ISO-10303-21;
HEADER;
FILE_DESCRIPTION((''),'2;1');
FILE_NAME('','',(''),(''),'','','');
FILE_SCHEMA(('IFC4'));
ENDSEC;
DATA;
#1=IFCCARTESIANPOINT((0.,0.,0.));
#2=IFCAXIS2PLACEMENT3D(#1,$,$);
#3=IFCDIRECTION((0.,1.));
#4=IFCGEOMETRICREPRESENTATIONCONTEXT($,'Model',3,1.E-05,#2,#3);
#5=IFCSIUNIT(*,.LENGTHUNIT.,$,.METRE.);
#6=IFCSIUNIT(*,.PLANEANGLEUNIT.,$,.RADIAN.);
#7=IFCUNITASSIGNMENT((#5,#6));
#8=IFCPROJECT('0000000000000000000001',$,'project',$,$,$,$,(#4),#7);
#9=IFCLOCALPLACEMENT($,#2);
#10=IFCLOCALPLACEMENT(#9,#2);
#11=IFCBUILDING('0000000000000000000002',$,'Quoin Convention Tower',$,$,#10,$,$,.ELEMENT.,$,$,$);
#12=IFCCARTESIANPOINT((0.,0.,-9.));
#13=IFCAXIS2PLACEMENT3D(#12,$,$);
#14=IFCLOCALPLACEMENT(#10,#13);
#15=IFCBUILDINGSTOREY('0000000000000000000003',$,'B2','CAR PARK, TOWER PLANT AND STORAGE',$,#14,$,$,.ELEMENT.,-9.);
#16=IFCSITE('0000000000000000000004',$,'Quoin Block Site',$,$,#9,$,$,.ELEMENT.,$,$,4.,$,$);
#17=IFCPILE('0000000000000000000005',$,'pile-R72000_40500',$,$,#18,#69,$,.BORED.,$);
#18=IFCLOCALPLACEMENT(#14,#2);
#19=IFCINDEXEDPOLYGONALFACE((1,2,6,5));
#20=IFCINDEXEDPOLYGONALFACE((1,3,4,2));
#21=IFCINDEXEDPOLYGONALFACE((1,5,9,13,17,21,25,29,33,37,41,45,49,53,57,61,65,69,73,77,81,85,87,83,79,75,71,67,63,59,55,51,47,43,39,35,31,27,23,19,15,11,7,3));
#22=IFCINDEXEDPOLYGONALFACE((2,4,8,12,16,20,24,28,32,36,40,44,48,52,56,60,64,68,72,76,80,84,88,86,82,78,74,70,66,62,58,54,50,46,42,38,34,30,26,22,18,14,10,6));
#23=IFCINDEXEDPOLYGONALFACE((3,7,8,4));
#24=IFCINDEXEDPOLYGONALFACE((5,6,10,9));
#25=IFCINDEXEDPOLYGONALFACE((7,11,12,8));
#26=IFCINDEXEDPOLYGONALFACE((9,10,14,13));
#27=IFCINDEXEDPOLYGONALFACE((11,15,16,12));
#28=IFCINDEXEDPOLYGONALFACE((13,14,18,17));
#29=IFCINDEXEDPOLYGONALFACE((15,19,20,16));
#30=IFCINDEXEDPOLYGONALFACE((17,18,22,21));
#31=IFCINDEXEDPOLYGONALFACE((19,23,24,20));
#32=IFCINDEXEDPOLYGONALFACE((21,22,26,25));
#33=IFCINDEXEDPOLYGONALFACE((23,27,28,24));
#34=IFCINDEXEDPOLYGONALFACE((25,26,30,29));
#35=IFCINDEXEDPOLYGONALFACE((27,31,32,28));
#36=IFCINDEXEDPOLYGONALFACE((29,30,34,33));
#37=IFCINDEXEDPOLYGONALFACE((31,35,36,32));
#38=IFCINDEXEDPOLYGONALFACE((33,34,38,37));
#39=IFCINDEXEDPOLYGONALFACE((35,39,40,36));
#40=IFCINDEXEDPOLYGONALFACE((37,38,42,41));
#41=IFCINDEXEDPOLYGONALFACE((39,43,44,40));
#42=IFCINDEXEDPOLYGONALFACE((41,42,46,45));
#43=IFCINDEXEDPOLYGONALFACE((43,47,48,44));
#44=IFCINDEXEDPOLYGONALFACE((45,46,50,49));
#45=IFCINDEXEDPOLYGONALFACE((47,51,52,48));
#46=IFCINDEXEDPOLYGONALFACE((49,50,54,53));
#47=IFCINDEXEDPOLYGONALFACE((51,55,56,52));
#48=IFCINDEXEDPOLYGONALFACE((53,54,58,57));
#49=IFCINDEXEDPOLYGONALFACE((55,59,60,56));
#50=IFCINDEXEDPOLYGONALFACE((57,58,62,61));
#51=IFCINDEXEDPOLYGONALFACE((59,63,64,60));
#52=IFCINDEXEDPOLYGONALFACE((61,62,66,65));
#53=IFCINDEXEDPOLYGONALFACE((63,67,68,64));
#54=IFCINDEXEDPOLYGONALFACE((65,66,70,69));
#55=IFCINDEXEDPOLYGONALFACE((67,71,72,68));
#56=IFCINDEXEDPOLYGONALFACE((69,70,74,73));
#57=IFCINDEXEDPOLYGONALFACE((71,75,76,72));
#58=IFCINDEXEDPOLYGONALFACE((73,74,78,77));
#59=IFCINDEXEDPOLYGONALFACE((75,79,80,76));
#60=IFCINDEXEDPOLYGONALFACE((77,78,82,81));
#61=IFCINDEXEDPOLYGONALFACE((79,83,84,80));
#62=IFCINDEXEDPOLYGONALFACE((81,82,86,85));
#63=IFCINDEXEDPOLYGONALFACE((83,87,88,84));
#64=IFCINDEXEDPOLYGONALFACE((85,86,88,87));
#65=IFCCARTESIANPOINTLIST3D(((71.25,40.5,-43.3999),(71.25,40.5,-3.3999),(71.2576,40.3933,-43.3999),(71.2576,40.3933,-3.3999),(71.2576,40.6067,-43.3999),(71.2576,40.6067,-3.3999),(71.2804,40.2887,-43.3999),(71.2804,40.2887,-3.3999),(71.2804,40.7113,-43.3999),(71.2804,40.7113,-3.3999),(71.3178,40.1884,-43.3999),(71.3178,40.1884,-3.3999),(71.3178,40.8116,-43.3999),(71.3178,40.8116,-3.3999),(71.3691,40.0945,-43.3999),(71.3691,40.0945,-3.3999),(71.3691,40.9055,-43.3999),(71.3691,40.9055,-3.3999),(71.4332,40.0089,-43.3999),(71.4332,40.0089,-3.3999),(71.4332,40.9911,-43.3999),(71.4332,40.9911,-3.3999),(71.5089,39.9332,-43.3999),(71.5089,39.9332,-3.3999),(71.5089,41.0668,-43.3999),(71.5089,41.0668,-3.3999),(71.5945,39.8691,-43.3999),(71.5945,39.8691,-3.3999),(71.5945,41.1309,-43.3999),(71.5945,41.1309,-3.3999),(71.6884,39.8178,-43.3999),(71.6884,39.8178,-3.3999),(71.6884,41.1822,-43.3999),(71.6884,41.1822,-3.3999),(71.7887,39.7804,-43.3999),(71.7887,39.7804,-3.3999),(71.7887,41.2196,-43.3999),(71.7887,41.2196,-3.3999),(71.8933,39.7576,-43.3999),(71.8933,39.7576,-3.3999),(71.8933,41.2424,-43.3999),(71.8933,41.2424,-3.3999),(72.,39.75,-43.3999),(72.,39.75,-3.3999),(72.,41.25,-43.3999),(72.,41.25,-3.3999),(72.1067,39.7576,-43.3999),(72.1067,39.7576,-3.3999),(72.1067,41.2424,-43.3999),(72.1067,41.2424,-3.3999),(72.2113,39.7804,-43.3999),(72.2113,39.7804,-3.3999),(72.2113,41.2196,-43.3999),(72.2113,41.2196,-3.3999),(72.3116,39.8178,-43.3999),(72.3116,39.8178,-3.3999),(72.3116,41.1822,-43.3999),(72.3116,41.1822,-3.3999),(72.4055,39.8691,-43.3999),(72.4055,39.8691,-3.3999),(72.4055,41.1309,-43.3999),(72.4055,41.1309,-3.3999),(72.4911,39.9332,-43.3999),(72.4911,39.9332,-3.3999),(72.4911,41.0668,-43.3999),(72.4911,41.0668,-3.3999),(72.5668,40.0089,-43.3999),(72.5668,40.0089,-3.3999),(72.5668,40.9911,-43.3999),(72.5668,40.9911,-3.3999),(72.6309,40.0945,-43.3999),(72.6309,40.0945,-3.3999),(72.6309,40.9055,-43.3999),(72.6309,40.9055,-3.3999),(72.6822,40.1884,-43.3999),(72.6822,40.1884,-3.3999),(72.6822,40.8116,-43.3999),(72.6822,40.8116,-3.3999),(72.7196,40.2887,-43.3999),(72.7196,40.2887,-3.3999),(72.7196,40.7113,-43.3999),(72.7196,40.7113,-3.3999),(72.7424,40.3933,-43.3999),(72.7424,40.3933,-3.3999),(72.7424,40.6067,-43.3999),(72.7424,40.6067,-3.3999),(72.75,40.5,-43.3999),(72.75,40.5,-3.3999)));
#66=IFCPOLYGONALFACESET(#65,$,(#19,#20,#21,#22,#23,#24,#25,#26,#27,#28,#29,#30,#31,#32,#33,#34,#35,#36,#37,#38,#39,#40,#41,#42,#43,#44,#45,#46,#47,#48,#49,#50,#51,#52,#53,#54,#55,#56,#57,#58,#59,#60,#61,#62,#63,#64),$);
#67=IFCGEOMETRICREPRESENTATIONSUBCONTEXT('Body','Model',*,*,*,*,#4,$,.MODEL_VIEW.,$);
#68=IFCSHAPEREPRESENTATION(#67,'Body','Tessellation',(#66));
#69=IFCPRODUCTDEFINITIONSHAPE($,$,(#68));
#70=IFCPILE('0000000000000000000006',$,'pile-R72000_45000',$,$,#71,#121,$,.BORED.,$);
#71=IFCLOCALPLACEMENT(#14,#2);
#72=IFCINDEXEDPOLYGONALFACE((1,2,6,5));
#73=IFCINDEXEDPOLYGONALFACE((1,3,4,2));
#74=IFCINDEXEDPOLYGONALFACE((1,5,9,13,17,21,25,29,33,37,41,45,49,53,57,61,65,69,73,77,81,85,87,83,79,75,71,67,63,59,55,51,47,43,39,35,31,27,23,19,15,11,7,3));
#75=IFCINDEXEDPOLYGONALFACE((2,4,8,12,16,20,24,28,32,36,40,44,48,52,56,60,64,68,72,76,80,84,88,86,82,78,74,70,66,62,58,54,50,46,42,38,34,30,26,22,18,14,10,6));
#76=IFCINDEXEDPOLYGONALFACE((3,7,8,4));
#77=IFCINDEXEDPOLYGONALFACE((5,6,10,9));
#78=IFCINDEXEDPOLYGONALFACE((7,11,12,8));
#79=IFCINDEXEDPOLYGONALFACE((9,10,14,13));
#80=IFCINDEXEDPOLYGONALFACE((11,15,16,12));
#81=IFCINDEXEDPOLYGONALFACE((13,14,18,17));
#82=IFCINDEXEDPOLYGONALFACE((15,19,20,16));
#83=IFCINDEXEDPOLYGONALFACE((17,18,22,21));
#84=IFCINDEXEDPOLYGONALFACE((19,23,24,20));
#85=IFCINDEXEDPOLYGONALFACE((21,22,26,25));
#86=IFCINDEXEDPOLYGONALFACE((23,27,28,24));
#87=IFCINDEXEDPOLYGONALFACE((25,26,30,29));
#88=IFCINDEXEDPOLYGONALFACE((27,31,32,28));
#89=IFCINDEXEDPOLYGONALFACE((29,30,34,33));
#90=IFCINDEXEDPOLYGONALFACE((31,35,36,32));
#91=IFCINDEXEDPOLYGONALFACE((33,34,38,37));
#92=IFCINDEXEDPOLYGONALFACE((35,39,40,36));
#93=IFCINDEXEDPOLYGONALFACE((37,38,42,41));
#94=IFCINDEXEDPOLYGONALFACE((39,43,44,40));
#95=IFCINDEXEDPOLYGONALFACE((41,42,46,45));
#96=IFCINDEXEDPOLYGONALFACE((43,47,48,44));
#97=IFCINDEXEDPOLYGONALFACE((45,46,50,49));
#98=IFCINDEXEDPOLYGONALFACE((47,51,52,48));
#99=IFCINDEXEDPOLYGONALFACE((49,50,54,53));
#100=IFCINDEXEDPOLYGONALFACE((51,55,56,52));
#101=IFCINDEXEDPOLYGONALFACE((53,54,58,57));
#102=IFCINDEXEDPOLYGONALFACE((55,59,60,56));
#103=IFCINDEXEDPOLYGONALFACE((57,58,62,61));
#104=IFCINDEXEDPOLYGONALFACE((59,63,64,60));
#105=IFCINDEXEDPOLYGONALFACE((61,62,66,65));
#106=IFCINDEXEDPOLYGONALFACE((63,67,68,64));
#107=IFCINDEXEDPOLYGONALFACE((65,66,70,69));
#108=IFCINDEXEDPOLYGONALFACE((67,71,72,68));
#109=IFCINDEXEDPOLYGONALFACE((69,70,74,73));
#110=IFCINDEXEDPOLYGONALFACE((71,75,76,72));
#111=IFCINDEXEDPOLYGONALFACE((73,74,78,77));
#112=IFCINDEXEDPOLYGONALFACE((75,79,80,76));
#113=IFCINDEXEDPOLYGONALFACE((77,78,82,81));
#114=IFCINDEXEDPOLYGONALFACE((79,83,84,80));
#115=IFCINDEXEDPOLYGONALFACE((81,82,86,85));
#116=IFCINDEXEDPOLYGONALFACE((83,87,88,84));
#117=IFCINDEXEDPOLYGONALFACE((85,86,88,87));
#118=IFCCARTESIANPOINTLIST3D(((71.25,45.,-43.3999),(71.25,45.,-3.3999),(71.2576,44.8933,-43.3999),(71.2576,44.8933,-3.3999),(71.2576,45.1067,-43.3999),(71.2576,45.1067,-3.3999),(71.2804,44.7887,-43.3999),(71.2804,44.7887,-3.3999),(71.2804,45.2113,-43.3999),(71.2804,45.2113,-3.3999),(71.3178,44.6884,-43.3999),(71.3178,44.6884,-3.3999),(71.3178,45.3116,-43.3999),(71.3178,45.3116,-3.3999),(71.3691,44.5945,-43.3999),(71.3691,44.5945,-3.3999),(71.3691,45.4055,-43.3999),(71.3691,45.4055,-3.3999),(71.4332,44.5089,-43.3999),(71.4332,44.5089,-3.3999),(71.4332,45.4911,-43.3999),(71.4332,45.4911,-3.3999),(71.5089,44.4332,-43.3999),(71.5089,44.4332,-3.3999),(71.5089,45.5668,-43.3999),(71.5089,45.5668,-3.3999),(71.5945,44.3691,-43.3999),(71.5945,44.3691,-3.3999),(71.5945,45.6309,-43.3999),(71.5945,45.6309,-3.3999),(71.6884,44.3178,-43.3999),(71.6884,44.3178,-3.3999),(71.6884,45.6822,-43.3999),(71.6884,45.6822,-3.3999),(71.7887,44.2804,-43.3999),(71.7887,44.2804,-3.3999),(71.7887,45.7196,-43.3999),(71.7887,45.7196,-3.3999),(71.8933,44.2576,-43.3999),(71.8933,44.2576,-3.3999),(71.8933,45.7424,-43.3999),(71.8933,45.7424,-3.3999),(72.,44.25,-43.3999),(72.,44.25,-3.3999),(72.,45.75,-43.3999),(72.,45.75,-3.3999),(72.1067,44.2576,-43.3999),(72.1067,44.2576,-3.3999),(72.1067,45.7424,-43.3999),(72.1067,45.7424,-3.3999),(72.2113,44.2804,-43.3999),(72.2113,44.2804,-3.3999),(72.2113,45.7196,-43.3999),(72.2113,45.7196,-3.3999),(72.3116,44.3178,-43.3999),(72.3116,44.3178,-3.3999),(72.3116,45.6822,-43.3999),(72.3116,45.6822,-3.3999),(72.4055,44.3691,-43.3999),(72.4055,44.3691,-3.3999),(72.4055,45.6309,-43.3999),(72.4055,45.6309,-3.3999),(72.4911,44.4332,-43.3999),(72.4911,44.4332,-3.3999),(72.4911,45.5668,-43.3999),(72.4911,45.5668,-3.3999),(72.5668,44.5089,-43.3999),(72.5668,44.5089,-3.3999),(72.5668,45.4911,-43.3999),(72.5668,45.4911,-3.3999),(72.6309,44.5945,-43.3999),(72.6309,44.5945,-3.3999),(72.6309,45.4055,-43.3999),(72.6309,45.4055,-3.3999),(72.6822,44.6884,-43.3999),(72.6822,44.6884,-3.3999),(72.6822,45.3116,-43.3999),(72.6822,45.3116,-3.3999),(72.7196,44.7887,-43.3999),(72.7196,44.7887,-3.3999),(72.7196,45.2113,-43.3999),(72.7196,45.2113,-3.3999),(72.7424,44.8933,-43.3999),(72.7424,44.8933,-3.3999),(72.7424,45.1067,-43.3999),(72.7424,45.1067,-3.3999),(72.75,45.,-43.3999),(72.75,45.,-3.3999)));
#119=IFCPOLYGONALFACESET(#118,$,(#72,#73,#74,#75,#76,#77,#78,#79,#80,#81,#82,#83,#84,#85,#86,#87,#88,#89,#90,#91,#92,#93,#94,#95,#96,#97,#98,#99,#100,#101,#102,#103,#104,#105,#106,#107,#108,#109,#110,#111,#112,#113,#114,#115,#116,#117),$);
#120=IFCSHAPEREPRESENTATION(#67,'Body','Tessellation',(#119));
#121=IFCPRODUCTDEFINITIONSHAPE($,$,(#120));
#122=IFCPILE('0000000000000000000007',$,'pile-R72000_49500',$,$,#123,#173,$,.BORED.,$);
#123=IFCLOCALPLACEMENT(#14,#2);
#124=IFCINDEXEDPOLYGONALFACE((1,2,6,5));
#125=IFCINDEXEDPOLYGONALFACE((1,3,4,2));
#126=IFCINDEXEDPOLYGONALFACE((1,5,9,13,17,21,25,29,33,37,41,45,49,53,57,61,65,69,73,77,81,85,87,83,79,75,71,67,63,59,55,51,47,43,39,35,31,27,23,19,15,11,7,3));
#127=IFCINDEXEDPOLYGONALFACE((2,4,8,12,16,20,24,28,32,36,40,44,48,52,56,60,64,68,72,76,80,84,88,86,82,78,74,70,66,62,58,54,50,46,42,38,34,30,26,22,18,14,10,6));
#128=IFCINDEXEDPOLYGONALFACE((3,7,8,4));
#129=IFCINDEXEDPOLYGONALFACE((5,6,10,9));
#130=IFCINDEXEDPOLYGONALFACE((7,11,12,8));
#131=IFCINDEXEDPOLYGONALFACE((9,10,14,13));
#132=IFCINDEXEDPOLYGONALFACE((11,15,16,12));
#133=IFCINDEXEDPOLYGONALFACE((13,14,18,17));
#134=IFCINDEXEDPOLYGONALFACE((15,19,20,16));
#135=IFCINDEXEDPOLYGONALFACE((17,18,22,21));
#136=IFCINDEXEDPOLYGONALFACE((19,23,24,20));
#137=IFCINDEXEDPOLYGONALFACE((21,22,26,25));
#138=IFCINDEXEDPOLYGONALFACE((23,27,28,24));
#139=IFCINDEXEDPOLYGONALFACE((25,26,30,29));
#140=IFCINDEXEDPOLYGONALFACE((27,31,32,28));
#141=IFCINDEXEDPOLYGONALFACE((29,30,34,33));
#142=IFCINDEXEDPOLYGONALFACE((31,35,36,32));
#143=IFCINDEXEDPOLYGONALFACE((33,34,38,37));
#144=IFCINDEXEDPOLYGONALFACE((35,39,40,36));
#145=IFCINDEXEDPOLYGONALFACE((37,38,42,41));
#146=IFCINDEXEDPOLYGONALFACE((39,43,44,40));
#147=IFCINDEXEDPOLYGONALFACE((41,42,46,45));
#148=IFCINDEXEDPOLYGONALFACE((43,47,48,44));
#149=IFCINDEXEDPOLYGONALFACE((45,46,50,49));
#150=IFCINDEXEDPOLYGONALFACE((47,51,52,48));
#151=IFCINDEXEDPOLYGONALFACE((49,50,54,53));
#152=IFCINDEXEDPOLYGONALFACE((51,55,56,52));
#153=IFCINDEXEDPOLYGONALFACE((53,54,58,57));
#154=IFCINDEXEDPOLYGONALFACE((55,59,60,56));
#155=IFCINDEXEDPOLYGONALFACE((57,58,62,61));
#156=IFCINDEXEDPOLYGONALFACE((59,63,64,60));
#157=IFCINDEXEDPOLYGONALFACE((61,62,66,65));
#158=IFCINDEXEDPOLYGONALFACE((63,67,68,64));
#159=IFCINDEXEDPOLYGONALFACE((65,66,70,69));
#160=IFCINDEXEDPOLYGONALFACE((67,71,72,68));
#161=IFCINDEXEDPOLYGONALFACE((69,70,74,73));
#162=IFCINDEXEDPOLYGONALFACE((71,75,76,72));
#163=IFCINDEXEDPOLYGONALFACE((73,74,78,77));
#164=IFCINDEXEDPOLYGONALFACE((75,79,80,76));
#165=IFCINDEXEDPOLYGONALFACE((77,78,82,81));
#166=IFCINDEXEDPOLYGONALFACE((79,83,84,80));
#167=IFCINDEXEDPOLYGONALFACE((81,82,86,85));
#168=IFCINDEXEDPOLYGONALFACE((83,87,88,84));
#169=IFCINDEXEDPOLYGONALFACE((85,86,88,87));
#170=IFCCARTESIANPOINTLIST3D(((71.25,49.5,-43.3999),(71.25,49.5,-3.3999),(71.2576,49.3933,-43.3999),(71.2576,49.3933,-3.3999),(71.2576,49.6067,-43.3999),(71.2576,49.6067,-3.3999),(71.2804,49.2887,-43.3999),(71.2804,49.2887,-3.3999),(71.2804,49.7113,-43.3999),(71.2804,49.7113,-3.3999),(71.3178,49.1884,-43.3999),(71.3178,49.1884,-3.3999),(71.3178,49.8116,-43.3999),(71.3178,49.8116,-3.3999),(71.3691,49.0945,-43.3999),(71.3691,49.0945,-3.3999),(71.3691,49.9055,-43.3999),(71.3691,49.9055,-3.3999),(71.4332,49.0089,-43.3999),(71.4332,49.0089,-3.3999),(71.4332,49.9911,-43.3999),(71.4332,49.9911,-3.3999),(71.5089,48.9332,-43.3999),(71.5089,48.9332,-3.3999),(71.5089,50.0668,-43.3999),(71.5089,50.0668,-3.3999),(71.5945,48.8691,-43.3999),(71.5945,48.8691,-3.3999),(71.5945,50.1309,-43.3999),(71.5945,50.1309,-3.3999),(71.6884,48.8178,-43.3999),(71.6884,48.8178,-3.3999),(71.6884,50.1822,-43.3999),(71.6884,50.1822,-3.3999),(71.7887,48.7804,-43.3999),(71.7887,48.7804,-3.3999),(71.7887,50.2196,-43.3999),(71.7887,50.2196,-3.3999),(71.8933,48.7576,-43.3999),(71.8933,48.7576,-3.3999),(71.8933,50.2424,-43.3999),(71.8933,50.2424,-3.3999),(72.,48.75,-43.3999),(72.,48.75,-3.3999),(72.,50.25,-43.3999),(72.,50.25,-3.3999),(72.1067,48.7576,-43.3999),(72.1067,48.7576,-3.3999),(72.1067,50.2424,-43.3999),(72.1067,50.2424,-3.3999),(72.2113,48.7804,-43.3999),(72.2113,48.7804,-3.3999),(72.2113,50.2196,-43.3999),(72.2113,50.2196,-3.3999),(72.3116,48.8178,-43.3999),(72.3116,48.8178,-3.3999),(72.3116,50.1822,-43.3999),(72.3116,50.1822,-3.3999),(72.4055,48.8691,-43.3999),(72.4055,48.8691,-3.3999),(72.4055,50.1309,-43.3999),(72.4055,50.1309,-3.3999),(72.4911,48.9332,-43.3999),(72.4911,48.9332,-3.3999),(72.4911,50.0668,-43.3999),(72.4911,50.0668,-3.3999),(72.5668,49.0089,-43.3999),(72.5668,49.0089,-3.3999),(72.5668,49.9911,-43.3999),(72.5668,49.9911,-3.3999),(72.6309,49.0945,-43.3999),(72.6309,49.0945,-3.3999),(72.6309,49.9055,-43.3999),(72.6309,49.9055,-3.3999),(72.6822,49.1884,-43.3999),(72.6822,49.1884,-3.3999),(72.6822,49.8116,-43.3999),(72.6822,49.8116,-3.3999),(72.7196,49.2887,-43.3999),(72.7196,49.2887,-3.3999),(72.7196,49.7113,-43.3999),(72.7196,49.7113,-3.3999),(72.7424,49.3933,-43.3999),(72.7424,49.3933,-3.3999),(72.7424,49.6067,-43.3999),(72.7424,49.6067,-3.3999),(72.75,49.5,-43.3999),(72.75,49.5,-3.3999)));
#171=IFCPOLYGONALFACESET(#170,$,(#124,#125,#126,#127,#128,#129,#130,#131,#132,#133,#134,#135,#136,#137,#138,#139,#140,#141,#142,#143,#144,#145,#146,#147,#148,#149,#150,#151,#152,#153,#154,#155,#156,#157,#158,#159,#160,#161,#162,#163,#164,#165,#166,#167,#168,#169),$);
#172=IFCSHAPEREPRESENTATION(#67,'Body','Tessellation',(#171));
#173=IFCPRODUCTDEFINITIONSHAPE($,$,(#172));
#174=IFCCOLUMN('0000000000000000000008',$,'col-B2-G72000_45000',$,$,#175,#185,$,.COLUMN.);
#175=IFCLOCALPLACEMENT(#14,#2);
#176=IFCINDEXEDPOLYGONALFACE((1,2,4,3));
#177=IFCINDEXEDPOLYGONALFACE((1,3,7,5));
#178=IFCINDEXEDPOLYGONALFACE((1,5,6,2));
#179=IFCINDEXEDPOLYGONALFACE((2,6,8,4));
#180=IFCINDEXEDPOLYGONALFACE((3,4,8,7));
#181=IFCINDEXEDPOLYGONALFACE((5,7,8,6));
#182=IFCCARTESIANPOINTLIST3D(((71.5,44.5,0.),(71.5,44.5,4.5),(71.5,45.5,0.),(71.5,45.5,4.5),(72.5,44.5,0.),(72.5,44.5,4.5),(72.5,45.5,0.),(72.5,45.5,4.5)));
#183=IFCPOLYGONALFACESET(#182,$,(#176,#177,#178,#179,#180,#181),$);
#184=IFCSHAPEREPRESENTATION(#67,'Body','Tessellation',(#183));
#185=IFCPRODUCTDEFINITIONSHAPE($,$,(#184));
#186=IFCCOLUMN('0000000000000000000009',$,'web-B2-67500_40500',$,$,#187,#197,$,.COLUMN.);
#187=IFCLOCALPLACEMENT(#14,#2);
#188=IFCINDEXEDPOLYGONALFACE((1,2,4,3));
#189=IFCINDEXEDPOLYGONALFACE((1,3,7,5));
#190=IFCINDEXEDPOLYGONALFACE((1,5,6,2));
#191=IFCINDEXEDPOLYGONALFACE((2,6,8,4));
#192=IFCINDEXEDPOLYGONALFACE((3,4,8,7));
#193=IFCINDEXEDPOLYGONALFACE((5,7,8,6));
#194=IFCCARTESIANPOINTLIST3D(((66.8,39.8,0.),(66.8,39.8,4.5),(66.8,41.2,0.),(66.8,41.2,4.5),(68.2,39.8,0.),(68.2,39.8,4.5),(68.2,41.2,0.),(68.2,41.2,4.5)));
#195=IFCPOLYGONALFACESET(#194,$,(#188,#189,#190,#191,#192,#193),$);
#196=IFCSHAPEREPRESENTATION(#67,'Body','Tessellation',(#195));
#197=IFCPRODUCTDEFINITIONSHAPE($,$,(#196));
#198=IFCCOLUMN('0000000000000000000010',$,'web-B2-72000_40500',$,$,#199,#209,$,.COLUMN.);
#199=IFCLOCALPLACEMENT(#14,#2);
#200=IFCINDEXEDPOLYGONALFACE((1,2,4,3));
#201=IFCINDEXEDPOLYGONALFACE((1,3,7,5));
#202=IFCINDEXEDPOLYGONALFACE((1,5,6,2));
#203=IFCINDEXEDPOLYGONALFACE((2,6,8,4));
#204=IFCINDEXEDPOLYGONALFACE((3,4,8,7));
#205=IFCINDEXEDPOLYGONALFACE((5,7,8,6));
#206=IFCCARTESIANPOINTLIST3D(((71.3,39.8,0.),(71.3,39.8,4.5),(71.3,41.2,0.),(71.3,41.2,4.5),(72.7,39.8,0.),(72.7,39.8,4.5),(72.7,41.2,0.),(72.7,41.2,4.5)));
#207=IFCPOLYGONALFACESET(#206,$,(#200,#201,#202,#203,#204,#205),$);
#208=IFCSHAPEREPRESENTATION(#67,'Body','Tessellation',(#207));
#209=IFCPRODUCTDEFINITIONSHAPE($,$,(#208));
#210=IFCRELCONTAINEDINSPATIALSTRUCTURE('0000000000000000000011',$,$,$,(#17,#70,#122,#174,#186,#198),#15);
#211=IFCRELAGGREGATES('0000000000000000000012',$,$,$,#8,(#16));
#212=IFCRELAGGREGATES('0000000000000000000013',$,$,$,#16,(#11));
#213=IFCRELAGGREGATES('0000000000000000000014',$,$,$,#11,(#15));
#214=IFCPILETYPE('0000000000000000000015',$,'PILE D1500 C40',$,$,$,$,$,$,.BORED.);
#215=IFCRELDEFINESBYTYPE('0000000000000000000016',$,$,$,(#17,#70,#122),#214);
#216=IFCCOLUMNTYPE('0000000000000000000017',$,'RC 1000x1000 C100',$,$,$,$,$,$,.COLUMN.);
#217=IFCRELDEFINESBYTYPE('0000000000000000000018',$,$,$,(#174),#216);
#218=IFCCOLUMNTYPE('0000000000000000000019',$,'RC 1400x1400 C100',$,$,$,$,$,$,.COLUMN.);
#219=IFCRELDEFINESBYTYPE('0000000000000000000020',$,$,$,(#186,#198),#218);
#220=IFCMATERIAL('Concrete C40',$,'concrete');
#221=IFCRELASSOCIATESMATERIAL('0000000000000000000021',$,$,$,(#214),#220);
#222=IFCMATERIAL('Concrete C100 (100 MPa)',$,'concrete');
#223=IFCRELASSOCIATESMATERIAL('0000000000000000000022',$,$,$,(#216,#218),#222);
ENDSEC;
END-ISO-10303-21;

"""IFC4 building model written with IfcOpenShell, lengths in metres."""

from ifc_helpers import new_model, si_unit, direction, frame, origin, origin_2d, place, context, subcontext, project, spatial, rectangle, circle, extrude, material, material_profile, profile_set, type_object, element, save


model = new_model("IFC4")

# Units and contexts
model_context = context("Model", 3, precision=1e-05, world=origin(), true_north=direction((0.0, 1.0)))
body_context = subcontext(model_context, "Body", "Model", "MODEL_VIEW")
ifc_project = project(units=[si_unit("LENGTHUNIT", "METRE"), si_unit("PLANEANGLEUNIT", "RADIAN")], contexts=[model_context])

# Site, building, storey
site_placement = place(None, origin())
site = spatial("IfcSite", under=ifc_project, at=site_placement, Name="Quoin Block Site", CompositionType="ELEMENT", RefElevation=4.0)
building_placement = place(site_placement, origin())
building = spatial("IfcBuilding", under=site, at=building_placement, Name="Quoin Convention Tower", CompositionType="ELEMENT")
storey_placement = place(building_placement, frame((0.0, 0.0, -9.0)))
storey = spatial("IfcBuildingStorey", under=building, at=storey_placement, Name="B2", Description="CAR PARK, TOWER PLANT AND STORAGE", CompositionType="ELEMENT", Elevation=-9.0)

# Piles
ifc_material_1 = material(Name="Concrete C40", Category="concrete")
ifc_material_profile_1 = material_profile(ifc_material_1, circle(Radius=0.75, at=origin_2d()), Name="D1500")
ifc_profile_set_1 = profile_set([ifc_material_profile_1], Name="Concrete C40")
pile_type = type_object("IfcPileType", Name="PILE D1500 C40", PredefinedType="BORED", material=ifc_profile_set_1)
for number, where, z_axis, x_axis, name in (
    (1, (72.0, 40.5, -3.3999), (0.0, 0.0, -1.0), (1.0, 0.0, 0.0), "pile-R72000_40500"),
    (2, (72.0, 45.0, -3.3999), (0.0, 0.0, -1.0), (1.0, 0.0, 0.0), "pile-R72000_45000"),
    (3, (72.0, 49.5, -3.3999), (0.0, 0.0, -1.0), (1.0, 0.0, 0.0), "pile-R72000_49500"),
):
    element("IfcPile", number, at=place(storey_placement, frame(where, z_axis=z_axis, x_axis=x_axis)), inside=storey, type_object=pile_type, Name=name, PredefinedType="BORED", context=body_context, shape_type="SweptSolid", body=[
        extrude(circle(Radius=0.75, at=origin_2d()), origin(), (0.0, 0.0, 1.0), 40.0),
    ])

# Columns
ifc_material_2 = material(Name="Concrete C100 (100 MPa)", Category="concrete")
ifc_material_profile_2 = material_profile(ifc_material_2, rectangle(XDim=1.0, YDim=1.0, at=origin_2d()), Name="RC 1000x1000")
ifc_profile_set_2 = profile_set([ifc_material_profile_2], Name="Concrete C100 (100 MPa)")
column_type_1 = type_object("IfcColumnType", Name="RC 1000x1000 C100", PredefinedType="COLUMN", material=ifc_profile_set_2)
column_placement = place(storey_placement, frame((72.0, 45.0, 0.0), z_axis=(0.0, 0.0, 1.0), x_axis=(1.0, 0.0, 0.0)))
element("IfcColumn", 4, at=column_placement, inside=storey, type_object=column_type_1, Name="col-B2-G72000_45000", PredefinedType="COLUMN", context=body_context, shape_type="SweptSolid", body=[
    extrude(rectangle(XDim=1.0, YDim=1.0, at=origin_2d()), origin(), (0.0, 0.0, 1.0), 4.5),
])
ifc_material_profile_3 = material_profile(ifc_material_2, rectangle(XDim=1.3999, YDim=1.3999, at=origin_2d()), Name="RC 1400x1400")
ifc_profile_set_3 = profile_set([ifc_material_profile_3], Name="Concrete C100 (100 MPa)")
column_type_2 = type_object("IfcColumnType", Name="RC 1400x1400 C100", PredefinedType="COLUMN", material=ifc_profile_set_3)
for number, where, z_axis, x_axis, name in (
    (5, (67.5, 40.5, 0.0), (0.0, 0.0, 1.0), (1.0, 0.0, 0.0), "web-B2-67500_40500"),
    (6, (72.0, 40.5, 0.0), (0.0, 0.0, 1.0), (1.0, 0.0, 0.0), "web-B2-72000_40500"),
):
    element("IfcColumn", number, at=place(storey_placement, frame(where, z_axis=z_axis, x_axis=x_axis)), inside=storey, type_object=column_type_2, Name=name, PredefinedType="COLUMN", context=body_context, shape_type="SweptSolid", body=[
        extrude(rectangle(XDim=1.3999, YDim=1.3999, at=origin_2d()), origin(), (0.0, 0.0, 1.0), 4.5),
    ])

save(model, "model.ifc")
